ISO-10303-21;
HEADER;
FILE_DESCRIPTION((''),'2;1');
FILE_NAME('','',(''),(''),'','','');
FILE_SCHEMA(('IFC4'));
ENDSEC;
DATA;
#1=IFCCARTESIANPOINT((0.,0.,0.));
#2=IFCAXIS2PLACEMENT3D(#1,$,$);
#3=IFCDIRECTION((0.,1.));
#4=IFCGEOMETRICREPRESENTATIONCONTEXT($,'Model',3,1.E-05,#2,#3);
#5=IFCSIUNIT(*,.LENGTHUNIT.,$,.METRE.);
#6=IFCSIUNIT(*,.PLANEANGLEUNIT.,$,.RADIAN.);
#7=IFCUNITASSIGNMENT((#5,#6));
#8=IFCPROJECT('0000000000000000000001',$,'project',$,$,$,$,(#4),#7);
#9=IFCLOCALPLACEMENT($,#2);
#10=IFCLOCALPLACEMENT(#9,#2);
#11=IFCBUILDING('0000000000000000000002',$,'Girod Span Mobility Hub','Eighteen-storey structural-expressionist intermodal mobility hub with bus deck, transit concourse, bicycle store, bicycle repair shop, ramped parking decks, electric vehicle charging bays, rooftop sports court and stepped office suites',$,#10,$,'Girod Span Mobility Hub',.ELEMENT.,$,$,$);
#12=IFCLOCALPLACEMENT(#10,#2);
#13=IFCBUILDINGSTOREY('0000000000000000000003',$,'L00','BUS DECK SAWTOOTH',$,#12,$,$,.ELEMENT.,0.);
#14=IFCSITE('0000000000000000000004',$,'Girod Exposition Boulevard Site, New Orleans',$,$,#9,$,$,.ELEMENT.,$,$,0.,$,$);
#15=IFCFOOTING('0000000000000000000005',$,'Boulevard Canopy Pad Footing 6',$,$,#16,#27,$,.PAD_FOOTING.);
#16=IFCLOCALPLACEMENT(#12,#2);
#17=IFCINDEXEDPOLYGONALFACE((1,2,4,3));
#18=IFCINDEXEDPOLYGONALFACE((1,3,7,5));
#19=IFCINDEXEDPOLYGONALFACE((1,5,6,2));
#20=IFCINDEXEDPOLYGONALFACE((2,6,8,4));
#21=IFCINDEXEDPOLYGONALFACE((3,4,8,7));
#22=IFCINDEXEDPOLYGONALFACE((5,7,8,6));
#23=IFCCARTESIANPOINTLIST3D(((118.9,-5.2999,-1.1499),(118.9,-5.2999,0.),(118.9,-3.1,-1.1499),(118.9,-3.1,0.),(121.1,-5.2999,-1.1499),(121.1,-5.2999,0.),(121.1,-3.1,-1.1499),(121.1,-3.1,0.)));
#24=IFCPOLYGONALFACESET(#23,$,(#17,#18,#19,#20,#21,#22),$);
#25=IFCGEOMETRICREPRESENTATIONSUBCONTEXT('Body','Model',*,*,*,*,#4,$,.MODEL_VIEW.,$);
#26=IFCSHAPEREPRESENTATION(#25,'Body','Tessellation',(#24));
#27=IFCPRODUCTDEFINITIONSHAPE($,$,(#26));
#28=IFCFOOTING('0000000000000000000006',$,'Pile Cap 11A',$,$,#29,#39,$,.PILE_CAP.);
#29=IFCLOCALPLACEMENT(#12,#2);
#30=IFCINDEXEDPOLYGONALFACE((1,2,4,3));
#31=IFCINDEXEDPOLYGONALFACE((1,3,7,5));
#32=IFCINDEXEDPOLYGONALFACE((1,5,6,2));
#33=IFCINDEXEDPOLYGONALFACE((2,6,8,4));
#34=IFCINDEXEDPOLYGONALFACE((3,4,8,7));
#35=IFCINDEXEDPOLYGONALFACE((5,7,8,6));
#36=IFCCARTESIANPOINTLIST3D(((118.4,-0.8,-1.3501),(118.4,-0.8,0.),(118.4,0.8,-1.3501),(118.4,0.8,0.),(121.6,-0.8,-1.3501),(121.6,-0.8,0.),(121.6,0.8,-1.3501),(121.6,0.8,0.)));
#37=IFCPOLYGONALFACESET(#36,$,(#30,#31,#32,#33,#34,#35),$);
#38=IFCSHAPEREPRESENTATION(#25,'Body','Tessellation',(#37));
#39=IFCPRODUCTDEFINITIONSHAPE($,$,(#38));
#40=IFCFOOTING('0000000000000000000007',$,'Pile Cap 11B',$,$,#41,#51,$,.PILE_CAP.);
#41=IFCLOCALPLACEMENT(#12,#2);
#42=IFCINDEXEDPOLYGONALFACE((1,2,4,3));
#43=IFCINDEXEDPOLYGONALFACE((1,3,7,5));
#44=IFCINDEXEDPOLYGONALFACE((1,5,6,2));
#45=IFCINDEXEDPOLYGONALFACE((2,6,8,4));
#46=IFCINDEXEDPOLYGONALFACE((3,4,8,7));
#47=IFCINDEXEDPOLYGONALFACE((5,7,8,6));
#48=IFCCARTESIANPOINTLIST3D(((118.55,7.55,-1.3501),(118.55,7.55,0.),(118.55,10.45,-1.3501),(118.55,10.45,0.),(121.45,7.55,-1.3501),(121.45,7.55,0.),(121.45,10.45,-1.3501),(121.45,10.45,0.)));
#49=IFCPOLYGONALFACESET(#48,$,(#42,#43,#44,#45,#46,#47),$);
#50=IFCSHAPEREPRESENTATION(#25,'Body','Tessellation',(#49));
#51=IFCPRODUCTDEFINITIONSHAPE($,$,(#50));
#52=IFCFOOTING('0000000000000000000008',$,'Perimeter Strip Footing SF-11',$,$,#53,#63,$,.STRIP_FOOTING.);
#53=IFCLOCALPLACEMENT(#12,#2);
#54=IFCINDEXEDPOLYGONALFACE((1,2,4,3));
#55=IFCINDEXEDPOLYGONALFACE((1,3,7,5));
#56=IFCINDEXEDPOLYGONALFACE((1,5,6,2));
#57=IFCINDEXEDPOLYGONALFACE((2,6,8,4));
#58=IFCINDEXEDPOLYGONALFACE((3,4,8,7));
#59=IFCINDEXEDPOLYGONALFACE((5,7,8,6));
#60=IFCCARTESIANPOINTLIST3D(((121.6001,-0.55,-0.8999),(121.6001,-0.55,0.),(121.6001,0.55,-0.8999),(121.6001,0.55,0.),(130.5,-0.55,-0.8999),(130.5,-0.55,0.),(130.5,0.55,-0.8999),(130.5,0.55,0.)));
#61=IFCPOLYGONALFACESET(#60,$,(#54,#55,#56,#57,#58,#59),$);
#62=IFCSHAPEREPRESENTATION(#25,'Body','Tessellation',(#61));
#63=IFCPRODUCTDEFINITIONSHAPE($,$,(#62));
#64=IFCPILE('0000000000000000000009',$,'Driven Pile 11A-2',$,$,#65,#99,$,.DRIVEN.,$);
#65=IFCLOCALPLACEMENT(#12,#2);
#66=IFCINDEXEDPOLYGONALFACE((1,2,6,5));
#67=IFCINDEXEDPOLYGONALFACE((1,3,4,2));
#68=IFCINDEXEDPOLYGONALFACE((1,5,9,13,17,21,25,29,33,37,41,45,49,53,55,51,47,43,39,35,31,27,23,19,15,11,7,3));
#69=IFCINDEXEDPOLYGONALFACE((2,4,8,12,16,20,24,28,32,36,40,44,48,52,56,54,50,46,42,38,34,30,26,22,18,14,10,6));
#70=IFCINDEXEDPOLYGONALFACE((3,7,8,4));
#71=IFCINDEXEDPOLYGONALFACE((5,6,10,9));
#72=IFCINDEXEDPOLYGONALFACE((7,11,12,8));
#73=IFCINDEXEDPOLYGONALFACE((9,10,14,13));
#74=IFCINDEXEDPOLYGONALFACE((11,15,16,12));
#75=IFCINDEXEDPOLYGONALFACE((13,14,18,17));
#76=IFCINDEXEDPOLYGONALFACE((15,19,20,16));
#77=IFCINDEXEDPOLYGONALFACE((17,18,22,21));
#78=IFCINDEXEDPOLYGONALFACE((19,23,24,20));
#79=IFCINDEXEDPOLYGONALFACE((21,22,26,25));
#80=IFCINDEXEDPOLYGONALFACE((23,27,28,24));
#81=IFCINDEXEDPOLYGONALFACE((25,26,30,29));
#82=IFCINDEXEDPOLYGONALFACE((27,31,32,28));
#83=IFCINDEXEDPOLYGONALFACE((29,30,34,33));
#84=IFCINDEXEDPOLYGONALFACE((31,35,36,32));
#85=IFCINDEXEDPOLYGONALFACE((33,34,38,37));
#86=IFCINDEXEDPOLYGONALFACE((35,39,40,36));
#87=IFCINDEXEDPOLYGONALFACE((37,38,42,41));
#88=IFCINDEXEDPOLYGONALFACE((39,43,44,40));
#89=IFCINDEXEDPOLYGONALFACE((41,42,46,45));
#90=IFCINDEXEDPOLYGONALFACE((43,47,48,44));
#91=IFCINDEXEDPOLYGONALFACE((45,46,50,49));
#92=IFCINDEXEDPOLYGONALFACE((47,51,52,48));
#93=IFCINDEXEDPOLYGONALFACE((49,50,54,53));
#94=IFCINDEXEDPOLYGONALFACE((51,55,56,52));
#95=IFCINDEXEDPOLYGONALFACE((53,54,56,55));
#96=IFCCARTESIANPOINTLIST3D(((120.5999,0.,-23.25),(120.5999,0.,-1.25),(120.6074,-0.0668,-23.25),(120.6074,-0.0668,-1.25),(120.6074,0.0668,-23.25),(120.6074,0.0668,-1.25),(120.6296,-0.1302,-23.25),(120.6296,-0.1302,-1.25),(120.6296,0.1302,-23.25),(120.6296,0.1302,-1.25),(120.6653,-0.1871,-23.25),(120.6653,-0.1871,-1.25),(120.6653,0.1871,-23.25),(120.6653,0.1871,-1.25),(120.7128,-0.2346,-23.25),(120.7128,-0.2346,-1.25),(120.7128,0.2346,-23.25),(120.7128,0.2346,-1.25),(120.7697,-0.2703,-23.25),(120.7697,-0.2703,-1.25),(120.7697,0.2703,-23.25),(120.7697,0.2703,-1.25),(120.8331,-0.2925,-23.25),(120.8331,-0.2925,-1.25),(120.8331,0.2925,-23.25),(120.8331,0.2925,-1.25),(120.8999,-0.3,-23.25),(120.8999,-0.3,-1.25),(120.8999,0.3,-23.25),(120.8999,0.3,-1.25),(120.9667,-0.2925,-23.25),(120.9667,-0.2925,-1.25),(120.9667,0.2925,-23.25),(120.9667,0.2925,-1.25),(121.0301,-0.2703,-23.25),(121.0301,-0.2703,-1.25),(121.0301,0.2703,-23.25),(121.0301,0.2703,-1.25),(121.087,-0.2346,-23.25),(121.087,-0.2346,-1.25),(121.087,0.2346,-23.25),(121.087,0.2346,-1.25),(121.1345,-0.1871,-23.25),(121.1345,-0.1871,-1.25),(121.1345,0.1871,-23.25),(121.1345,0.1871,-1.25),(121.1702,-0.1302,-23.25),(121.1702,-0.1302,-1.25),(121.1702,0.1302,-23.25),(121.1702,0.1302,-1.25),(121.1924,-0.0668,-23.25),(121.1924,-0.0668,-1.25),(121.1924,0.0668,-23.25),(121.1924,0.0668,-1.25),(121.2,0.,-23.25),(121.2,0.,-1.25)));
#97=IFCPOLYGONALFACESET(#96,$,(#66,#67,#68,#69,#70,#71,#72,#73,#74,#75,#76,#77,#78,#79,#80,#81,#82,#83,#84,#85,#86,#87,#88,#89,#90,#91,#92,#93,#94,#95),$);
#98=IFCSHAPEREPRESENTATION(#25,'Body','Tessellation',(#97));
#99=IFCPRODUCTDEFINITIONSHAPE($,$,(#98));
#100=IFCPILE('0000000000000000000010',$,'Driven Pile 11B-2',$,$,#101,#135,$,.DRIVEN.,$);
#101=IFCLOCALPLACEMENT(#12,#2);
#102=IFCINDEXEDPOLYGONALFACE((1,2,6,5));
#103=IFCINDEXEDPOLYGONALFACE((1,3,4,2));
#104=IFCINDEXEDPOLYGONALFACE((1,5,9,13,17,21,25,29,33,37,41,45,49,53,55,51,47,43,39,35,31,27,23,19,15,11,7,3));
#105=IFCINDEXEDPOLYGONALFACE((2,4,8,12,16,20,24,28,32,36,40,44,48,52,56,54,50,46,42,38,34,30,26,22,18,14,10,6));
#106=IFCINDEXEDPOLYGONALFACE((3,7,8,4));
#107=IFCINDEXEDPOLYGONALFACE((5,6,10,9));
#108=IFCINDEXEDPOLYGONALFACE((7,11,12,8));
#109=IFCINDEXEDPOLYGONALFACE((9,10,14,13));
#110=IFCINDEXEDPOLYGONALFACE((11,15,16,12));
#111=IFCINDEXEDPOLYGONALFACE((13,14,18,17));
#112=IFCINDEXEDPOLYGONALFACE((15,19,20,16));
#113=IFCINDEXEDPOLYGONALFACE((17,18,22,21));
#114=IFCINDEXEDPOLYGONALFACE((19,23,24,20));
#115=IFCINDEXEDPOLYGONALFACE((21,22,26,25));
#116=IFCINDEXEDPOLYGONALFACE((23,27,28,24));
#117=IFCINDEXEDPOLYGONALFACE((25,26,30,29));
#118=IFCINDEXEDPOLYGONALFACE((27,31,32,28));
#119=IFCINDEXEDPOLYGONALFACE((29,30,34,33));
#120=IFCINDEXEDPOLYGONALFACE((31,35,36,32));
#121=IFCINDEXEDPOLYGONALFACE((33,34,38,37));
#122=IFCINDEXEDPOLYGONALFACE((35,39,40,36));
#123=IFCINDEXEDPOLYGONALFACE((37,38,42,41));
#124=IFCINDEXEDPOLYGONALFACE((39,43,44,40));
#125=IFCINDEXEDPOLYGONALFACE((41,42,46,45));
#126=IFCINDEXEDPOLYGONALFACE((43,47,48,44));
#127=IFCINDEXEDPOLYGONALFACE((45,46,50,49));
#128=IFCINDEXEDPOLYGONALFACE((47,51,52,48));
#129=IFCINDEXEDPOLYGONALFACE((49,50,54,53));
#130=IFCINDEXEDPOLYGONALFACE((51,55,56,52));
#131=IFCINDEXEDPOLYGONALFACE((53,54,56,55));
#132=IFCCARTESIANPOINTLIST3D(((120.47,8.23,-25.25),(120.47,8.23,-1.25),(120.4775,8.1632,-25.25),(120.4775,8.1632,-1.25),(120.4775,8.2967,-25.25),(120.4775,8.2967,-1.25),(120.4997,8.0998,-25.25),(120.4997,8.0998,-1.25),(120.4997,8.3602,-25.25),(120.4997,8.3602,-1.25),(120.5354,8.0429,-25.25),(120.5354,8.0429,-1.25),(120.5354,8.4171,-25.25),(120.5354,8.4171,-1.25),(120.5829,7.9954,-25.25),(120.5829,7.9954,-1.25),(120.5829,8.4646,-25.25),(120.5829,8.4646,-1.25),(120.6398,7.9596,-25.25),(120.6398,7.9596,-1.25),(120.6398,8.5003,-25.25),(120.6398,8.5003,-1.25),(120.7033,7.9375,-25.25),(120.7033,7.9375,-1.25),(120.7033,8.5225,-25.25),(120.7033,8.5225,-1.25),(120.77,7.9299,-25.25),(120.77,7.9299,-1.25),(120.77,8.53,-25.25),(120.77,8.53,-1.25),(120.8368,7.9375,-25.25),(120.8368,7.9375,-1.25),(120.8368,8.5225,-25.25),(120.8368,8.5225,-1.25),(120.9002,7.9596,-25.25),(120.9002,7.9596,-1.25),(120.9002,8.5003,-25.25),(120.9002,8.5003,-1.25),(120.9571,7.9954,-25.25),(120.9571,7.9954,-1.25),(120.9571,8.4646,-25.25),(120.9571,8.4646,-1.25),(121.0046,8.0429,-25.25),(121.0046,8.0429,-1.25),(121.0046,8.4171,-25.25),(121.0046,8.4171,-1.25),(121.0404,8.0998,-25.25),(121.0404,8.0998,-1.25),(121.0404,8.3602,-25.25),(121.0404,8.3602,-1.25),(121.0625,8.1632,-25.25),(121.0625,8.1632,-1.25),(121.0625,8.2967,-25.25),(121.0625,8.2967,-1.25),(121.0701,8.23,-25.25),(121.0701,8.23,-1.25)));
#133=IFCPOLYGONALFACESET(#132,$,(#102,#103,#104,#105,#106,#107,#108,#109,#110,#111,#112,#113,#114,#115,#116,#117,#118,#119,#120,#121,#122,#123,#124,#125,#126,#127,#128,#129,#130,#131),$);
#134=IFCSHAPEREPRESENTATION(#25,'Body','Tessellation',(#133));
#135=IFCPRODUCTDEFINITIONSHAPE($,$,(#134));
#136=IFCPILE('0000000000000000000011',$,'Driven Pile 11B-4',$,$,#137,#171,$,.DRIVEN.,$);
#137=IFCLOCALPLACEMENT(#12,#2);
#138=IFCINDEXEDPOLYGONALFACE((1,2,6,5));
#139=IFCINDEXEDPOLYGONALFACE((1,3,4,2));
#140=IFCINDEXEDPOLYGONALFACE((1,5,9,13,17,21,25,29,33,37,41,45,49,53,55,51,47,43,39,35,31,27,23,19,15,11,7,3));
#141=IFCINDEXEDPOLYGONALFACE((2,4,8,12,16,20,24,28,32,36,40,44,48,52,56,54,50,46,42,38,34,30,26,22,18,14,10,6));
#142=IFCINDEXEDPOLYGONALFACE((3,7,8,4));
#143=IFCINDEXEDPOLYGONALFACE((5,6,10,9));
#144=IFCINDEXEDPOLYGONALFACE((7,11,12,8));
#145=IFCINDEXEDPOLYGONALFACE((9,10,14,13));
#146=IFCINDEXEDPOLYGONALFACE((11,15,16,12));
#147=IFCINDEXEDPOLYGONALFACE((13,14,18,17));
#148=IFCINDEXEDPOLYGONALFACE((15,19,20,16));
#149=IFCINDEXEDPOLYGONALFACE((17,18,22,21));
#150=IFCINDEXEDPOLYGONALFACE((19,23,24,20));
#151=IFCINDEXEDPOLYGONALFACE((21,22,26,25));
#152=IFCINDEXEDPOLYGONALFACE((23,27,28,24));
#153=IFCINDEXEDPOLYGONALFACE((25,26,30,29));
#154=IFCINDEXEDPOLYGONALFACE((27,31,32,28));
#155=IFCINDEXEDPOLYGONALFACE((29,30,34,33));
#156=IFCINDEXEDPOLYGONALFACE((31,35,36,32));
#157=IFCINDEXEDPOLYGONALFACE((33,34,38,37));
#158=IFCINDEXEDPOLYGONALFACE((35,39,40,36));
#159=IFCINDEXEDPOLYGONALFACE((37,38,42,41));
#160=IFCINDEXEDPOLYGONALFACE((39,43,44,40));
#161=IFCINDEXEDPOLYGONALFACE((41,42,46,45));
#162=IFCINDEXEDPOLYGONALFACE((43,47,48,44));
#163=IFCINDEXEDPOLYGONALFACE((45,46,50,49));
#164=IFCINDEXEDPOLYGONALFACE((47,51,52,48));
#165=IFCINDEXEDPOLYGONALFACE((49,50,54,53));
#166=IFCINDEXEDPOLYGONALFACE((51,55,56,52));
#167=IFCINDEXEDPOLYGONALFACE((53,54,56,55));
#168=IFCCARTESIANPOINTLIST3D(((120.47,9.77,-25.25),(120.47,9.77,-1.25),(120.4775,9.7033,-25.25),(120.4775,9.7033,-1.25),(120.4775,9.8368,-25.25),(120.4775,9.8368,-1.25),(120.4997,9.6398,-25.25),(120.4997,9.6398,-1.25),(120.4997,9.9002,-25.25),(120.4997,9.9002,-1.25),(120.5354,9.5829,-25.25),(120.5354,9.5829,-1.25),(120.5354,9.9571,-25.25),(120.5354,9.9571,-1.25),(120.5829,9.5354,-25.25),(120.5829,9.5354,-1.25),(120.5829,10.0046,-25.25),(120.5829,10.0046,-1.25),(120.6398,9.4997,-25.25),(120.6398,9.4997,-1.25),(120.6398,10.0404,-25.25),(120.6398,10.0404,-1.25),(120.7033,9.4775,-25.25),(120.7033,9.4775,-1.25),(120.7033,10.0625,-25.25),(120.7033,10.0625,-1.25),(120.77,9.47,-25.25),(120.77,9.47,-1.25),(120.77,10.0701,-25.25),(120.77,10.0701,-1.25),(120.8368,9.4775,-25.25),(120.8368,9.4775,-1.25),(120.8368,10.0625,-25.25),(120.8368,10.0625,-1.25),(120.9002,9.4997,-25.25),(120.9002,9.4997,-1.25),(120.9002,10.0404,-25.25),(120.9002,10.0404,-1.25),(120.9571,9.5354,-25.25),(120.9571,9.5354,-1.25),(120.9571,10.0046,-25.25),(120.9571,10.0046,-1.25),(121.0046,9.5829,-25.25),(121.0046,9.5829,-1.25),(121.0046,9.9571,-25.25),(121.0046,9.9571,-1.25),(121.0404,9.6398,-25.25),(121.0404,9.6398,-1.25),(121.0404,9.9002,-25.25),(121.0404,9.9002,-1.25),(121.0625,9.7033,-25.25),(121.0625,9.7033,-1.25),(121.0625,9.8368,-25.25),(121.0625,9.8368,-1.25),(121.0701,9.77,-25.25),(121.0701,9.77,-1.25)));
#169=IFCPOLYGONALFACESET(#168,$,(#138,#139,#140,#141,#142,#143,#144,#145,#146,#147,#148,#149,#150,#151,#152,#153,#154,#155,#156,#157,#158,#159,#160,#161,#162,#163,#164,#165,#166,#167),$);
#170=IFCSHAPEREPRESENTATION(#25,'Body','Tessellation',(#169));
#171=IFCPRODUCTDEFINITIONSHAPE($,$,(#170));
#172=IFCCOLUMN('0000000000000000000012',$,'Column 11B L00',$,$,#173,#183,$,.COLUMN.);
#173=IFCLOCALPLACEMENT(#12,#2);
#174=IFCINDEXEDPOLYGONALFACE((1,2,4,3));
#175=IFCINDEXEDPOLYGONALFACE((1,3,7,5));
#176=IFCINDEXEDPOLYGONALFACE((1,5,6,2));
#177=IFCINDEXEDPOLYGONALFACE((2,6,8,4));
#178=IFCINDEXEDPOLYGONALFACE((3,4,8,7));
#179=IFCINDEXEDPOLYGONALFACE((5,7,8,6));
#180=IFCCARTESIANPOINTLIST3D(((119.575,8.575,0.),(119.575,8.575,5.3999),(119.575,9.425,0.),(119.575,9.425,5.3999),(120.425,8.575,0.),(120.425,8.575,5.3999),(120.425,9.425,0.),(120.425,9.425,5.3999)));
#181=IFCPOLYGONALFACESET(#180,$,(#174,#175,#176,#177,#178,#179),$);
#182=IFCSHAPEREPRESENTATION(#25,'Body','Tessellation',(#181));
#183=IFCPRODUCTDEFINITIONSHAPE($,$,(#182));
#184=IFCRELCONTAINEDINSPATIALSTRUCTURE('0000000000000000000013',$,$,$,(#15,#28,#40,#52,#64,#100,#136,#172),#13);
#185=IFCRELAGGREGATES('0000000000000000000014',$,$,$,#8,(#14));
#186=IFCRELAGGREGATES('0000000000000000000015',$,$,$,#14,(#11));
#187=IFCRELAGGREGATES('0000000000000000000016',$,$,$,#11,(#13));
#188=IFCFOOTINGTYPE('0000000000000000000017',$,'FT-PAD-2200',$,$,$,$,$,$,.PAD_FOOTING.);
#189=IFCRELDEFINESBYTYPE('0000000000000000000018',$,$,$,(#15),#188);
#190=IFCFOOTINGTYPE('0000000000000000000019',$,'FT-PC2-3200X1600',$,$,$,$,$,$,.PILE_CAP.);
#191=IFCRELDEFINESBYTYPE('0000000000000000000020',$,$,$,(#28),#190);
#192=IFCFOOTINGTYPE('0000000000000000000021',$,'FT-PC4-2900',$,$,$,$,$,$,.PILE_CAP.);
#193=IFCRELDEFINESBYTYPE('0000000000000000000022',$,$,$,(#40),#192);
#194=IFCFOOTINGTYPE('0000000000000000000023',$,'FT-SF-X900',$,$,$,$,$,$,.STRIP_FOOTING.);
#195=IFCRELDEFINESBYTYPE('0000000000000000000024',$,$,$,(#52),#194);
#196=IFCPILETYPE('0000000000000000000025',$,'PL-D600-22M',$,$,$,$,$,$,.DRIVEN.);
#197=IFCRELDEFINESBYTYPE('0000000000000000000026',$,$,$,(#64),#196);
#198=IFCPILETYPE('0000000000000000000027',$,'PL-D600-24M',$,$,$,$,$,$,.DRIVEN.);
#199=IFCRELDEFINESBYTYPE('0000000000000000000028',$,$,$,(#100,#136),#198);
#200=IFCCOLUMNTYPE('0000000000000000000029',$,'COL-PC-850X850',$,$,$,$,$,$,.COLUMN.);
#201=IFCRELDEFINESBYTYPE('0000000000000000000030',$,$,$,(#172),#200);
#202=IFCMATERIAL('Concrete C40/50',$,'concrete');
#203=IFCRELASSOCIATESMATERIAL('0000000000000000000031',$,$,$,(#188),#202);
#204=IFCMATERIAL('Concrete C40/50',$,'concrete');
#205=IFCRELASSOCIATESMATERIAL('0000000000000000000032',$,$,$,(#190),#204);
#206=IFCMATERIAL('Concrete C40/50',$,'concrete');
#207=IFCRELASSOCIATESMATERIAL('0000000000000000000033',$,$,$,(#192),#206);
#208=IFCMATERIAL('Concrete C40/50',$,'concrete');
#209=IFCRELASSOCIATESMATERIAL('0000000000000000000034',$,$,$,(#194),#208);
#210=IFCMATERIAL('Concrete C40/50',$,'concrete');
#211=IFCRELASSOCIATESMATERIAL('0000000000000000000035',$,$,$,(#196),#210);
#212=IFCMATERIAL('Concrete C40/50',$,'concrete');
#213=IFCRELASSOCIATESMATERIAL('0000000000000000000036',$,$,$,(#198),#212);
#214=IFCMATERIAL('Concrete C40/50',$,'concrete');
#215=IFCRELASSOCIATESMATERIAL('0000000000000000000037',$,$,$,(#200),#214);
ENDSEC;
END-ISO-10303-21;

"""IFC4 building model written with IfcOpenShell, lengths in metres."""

from ifc_helpers import new_model, si_unit, direction, frame, origin, origin_2d, place, context, subcontext, project, spatial, rectangle, circle, extrude, material, material_profile, profile_set, type_object, element, save


model = new_model("IFC4")

# Units and contexts
model_context = context("Model", 3, precision=1e-05, world=origin(), true_north=direction((0.0, 1.0)))
body_context = subcontext(model_context, "Body", "Model", "MODEL_VIEW")
ifc_project = project(units=[si_unit("LENGTHUNIT", "METRE"), si_unit("PLANEANGLEUNIT", "RADIAN")], contexts=[model_context])

# Site, building, storey
site_placement = place(None, origin())
site = spatial("IfcSite", under=ifc_project, at=site_placement, Name="Girod Exposition Boulevard Site, New Orleans", CompositionType="ELEMENT", RefElevation=0.0)
building_placement = place(site_placement, origin())
building = spatial("IfcBuilding", under=site, at=building_placement, Name="Girod Span Mobility Hub", Description="Eighteen-storey structural-expressionist intermodal mobility hub with bus deck, transit concourse, bicycle store, bicycle repair shop, ramped parking decks, electric vehicle charging bays, rooftop sports court and stepped office suites", LongName="Girod Span Mobility Hub", CompositionType="ELEMENT")
storey_placement = place(building_placement, origin())
storey = spatial("IfcBuildingStorey", under=building, at=storey_placement, Name="L00", Description="BUS DECK SAWTOOTH", CompositionType="ELEMENT", Elevation=0.0)

# Footings
ifc_material_1 = material(Name="Concrete C40/50", Category="concrete")
footing_type_1 = type_object("IfcFootingType", Name="FT-PAD-2200", PredefinedType="PAD_FOOTING", material=ifc_material_1)
footing_1_placement = place(storey_placement, frame((120.0, -4.2, -1.1499), z_axis=(0.0, 0.0, 1.0), x_axis=(1.0, 0.0, 0.0)))
element("IfcFooting", 1, at=footing_1_placement, inside=storey, type_object=footing_type_1, Name="Boulevard Canopy Pad Footing 6", PredefinedType="PAD_FOOTING", context=body_context, shape_type="SweptSolid", body=[
    extrude(rectangle(XDim=2.2, YDim=2.2, at=origin_2d()), origin(), (0.0, 0.0, 1.0), 1.1499),
])
ifc_material_2 = material(Name="Concrete C40/50", Category="concrete")
footing_type_2 = type_object("IfcFootingType", Name="FT-PC2-3200X1600", PredefinedType="PILE_CAP", material=ifc_material_2)
footing_2_placement = place(storey_placement, frame((120.0, 0.0, -1.3501), z_axis=(0.0, 0.0, 1.0), x_axis=(1.0, 0.0, 0.0)))
element("IfcFooting", 2, at=footing_2_placement, inside=storey, type_object=footing_type_2, Name="Pile Cap 11A", PredefinedType="PILE_CAP", context=body_context, shape_type="SweptSolid", body=[
    extrude(rectangle(XDim=3.2, YDim=1.6001, at=origin_2d()), origin(), (0.0, 0.0, 1.0), 1.3501),
])
ifc_material_3 = material(Name="Concrete C40/50", Category="concrete")
footing_type_3 = type_object("IfcFootingType", Name="FT-PC4-2900", PredefinedType="PILE_CAP", material=ifc_material_3)
footing_3_placement = place(storey_placement, frame((120.0, 9.0, -1.3501), z_axis=(0.0, 0.0, 1.0), x_axis=(1.0, 0.0, 0.0)))
element("IfcFooting", 3, at=footing_3_placement, inside=storey, type_object=footing_type_3, Name="Pile Cap 11B", PredefinedType="PILE_CAP", context=body_context, shape_type="SweptSolid", body=[
    extrude(rectangle(XDim=2.8999, YDim=2.8999, at=origin_2d()), origin(), (0.0, 0.0, 1.0), 1.3501),
])
ifc_material_4 = material(Name="Concrete C40/50", Category="concrete")
footing_type_4 = type_object("IfcFootingType", Name="FT-SF-X900", PredefinedType="STRIP_FOOTING", material=ifc_material_4)
footing_4_placement = place(storey_placement, frame((126.05, 0.0, -0.8999), z_axis=(0.0, 0.0, 1.0), x_axis=(1.0, 0.0, 0.0)))
element("IfcFooting", 4, at=footing_4_placement, inside=storey, type_object=footing_type_4, Name="Perimeter Strip Footing SF-11", PredefinedType="STRIP_FOOTING", context=body_context, shape_type="SweptSolid", body=[
    extrude(rectangle(XDim=8.8999, YDim=1.1001, at=origin_2d()), origin(), (0.0, 0.0, 1.0), 0.8999),
])

# Piles
ifc_material_5 = material(Name="Concrete C40/50", Category="concrete")
ifc_material_profile_1 = material_profile(ifc_material_5, circle(Radius=0.3, at=origin_2d()), Name="PILE-D600")
ifc_profile_set_1 = profile_set([ifc_material_profile_1], Name="Concrete C40/50")
pile_type_1 = type_object("IfcPileType", Name="PL-D600-22M", PredefinedType="DRIVEN", material=ifc_profile_set_1)
pile_placement = place(storey_placement, frame((120.8999, 0.0, -1.25), z_axis=(0.0, 0.0, -1.0), x_axis=(1.0, 0.0, 0.0)))
element("IfcPile", 5, at=pile_placement, inside=storey, type_object=pile_type_1, Name="Driven Pile 11A-2", PredefinedType="DRIVEN", context=body_context, shape_type="SweptSolid", body=[
    extrude(circle(Radius=0.3, at=origin_2d()), origin(), (0.0, 0.0, 1.0), 22.0),
])
ifc_material_6 = material(Name="Concrete C40/50", Category="concrete")
ifc_material_profile_2 = material_profile(ifc_material_6, circle(Radius=0.3, at=origin_2d()), Name="PILE-D600")
ifc_profile_set_2 = profile_set([ifc_material_profile_2], Name="Concrete C40/50")
pile_type_2 = type_object("IfcPileType", Name="PL-D600-24M", PredefinedType="DRIVEN", material=ifc_profile_set_2)
for number, where, z_axis, x_axis, name in (
    (6, (120.77, 8.23, -1.25), (0.0, 0.0, -1.0), (1.0, 0.0, 0.0), "Driven Pile 11B-2"),
    (7, (120.77, 9.77, -1.25), (0.0, 0.0, -1.0), (1.0, 0.0, 0.0), "Driven Pile 11B-4"),
):
    element("IfcPile", number, at=place(storey_placement, frame(where, z_axis=z_axis, x_axis=x_axis)), inside=storey, type_object=pile_type_2, Name=name, PredefinedType="DRIVEN", context=body_context, shape_type="SweptSolid", body=[
        extrude(circle(Radius=0.3, at=origin_2d()), origin(), (0.0, 0.0, 1.0), 24.0),
    ])

# Column
ifc_material_7 = material(Name="Concrete C40/50", Category="concrete")
ifc_material_profile_3 = material_profile(ifc_material_7, rectangle(XDim=0.8501, YDim=0.8501, at=origin_2d()), Name="PC-COL-850X850")
ifc_profile_set_3 = profile_set([ifc_material_profile_3], Name="Concrete C40/50")
column_type_1 = type_object("IfcColumnType", Name="COL-PC-850X850", PredefinedType="COLUMN", material=ifc_profile_set_3)
column_1_placement = place(storey_placement, frame((120.0, 9.0, 0.0), z_axis=(0.0, 0.0, 1.0), x_axis=(1.0, 0.0, 0.0)))
element("IfcColumn", 8, at=column_1_placement, inside=storey, type_object=column_type_1, Name="Column 11B L00", PredefinedType="COLUMN", context=body_context, shape_type="SweptSolid", body=[
    extrude(rectangle(XDim=0.8501, YDim=0.8501, at=origin_2d()), origin(), (0.0, 0.0, 1.0), 5.3999),
])

save(model, "model.ifc")
